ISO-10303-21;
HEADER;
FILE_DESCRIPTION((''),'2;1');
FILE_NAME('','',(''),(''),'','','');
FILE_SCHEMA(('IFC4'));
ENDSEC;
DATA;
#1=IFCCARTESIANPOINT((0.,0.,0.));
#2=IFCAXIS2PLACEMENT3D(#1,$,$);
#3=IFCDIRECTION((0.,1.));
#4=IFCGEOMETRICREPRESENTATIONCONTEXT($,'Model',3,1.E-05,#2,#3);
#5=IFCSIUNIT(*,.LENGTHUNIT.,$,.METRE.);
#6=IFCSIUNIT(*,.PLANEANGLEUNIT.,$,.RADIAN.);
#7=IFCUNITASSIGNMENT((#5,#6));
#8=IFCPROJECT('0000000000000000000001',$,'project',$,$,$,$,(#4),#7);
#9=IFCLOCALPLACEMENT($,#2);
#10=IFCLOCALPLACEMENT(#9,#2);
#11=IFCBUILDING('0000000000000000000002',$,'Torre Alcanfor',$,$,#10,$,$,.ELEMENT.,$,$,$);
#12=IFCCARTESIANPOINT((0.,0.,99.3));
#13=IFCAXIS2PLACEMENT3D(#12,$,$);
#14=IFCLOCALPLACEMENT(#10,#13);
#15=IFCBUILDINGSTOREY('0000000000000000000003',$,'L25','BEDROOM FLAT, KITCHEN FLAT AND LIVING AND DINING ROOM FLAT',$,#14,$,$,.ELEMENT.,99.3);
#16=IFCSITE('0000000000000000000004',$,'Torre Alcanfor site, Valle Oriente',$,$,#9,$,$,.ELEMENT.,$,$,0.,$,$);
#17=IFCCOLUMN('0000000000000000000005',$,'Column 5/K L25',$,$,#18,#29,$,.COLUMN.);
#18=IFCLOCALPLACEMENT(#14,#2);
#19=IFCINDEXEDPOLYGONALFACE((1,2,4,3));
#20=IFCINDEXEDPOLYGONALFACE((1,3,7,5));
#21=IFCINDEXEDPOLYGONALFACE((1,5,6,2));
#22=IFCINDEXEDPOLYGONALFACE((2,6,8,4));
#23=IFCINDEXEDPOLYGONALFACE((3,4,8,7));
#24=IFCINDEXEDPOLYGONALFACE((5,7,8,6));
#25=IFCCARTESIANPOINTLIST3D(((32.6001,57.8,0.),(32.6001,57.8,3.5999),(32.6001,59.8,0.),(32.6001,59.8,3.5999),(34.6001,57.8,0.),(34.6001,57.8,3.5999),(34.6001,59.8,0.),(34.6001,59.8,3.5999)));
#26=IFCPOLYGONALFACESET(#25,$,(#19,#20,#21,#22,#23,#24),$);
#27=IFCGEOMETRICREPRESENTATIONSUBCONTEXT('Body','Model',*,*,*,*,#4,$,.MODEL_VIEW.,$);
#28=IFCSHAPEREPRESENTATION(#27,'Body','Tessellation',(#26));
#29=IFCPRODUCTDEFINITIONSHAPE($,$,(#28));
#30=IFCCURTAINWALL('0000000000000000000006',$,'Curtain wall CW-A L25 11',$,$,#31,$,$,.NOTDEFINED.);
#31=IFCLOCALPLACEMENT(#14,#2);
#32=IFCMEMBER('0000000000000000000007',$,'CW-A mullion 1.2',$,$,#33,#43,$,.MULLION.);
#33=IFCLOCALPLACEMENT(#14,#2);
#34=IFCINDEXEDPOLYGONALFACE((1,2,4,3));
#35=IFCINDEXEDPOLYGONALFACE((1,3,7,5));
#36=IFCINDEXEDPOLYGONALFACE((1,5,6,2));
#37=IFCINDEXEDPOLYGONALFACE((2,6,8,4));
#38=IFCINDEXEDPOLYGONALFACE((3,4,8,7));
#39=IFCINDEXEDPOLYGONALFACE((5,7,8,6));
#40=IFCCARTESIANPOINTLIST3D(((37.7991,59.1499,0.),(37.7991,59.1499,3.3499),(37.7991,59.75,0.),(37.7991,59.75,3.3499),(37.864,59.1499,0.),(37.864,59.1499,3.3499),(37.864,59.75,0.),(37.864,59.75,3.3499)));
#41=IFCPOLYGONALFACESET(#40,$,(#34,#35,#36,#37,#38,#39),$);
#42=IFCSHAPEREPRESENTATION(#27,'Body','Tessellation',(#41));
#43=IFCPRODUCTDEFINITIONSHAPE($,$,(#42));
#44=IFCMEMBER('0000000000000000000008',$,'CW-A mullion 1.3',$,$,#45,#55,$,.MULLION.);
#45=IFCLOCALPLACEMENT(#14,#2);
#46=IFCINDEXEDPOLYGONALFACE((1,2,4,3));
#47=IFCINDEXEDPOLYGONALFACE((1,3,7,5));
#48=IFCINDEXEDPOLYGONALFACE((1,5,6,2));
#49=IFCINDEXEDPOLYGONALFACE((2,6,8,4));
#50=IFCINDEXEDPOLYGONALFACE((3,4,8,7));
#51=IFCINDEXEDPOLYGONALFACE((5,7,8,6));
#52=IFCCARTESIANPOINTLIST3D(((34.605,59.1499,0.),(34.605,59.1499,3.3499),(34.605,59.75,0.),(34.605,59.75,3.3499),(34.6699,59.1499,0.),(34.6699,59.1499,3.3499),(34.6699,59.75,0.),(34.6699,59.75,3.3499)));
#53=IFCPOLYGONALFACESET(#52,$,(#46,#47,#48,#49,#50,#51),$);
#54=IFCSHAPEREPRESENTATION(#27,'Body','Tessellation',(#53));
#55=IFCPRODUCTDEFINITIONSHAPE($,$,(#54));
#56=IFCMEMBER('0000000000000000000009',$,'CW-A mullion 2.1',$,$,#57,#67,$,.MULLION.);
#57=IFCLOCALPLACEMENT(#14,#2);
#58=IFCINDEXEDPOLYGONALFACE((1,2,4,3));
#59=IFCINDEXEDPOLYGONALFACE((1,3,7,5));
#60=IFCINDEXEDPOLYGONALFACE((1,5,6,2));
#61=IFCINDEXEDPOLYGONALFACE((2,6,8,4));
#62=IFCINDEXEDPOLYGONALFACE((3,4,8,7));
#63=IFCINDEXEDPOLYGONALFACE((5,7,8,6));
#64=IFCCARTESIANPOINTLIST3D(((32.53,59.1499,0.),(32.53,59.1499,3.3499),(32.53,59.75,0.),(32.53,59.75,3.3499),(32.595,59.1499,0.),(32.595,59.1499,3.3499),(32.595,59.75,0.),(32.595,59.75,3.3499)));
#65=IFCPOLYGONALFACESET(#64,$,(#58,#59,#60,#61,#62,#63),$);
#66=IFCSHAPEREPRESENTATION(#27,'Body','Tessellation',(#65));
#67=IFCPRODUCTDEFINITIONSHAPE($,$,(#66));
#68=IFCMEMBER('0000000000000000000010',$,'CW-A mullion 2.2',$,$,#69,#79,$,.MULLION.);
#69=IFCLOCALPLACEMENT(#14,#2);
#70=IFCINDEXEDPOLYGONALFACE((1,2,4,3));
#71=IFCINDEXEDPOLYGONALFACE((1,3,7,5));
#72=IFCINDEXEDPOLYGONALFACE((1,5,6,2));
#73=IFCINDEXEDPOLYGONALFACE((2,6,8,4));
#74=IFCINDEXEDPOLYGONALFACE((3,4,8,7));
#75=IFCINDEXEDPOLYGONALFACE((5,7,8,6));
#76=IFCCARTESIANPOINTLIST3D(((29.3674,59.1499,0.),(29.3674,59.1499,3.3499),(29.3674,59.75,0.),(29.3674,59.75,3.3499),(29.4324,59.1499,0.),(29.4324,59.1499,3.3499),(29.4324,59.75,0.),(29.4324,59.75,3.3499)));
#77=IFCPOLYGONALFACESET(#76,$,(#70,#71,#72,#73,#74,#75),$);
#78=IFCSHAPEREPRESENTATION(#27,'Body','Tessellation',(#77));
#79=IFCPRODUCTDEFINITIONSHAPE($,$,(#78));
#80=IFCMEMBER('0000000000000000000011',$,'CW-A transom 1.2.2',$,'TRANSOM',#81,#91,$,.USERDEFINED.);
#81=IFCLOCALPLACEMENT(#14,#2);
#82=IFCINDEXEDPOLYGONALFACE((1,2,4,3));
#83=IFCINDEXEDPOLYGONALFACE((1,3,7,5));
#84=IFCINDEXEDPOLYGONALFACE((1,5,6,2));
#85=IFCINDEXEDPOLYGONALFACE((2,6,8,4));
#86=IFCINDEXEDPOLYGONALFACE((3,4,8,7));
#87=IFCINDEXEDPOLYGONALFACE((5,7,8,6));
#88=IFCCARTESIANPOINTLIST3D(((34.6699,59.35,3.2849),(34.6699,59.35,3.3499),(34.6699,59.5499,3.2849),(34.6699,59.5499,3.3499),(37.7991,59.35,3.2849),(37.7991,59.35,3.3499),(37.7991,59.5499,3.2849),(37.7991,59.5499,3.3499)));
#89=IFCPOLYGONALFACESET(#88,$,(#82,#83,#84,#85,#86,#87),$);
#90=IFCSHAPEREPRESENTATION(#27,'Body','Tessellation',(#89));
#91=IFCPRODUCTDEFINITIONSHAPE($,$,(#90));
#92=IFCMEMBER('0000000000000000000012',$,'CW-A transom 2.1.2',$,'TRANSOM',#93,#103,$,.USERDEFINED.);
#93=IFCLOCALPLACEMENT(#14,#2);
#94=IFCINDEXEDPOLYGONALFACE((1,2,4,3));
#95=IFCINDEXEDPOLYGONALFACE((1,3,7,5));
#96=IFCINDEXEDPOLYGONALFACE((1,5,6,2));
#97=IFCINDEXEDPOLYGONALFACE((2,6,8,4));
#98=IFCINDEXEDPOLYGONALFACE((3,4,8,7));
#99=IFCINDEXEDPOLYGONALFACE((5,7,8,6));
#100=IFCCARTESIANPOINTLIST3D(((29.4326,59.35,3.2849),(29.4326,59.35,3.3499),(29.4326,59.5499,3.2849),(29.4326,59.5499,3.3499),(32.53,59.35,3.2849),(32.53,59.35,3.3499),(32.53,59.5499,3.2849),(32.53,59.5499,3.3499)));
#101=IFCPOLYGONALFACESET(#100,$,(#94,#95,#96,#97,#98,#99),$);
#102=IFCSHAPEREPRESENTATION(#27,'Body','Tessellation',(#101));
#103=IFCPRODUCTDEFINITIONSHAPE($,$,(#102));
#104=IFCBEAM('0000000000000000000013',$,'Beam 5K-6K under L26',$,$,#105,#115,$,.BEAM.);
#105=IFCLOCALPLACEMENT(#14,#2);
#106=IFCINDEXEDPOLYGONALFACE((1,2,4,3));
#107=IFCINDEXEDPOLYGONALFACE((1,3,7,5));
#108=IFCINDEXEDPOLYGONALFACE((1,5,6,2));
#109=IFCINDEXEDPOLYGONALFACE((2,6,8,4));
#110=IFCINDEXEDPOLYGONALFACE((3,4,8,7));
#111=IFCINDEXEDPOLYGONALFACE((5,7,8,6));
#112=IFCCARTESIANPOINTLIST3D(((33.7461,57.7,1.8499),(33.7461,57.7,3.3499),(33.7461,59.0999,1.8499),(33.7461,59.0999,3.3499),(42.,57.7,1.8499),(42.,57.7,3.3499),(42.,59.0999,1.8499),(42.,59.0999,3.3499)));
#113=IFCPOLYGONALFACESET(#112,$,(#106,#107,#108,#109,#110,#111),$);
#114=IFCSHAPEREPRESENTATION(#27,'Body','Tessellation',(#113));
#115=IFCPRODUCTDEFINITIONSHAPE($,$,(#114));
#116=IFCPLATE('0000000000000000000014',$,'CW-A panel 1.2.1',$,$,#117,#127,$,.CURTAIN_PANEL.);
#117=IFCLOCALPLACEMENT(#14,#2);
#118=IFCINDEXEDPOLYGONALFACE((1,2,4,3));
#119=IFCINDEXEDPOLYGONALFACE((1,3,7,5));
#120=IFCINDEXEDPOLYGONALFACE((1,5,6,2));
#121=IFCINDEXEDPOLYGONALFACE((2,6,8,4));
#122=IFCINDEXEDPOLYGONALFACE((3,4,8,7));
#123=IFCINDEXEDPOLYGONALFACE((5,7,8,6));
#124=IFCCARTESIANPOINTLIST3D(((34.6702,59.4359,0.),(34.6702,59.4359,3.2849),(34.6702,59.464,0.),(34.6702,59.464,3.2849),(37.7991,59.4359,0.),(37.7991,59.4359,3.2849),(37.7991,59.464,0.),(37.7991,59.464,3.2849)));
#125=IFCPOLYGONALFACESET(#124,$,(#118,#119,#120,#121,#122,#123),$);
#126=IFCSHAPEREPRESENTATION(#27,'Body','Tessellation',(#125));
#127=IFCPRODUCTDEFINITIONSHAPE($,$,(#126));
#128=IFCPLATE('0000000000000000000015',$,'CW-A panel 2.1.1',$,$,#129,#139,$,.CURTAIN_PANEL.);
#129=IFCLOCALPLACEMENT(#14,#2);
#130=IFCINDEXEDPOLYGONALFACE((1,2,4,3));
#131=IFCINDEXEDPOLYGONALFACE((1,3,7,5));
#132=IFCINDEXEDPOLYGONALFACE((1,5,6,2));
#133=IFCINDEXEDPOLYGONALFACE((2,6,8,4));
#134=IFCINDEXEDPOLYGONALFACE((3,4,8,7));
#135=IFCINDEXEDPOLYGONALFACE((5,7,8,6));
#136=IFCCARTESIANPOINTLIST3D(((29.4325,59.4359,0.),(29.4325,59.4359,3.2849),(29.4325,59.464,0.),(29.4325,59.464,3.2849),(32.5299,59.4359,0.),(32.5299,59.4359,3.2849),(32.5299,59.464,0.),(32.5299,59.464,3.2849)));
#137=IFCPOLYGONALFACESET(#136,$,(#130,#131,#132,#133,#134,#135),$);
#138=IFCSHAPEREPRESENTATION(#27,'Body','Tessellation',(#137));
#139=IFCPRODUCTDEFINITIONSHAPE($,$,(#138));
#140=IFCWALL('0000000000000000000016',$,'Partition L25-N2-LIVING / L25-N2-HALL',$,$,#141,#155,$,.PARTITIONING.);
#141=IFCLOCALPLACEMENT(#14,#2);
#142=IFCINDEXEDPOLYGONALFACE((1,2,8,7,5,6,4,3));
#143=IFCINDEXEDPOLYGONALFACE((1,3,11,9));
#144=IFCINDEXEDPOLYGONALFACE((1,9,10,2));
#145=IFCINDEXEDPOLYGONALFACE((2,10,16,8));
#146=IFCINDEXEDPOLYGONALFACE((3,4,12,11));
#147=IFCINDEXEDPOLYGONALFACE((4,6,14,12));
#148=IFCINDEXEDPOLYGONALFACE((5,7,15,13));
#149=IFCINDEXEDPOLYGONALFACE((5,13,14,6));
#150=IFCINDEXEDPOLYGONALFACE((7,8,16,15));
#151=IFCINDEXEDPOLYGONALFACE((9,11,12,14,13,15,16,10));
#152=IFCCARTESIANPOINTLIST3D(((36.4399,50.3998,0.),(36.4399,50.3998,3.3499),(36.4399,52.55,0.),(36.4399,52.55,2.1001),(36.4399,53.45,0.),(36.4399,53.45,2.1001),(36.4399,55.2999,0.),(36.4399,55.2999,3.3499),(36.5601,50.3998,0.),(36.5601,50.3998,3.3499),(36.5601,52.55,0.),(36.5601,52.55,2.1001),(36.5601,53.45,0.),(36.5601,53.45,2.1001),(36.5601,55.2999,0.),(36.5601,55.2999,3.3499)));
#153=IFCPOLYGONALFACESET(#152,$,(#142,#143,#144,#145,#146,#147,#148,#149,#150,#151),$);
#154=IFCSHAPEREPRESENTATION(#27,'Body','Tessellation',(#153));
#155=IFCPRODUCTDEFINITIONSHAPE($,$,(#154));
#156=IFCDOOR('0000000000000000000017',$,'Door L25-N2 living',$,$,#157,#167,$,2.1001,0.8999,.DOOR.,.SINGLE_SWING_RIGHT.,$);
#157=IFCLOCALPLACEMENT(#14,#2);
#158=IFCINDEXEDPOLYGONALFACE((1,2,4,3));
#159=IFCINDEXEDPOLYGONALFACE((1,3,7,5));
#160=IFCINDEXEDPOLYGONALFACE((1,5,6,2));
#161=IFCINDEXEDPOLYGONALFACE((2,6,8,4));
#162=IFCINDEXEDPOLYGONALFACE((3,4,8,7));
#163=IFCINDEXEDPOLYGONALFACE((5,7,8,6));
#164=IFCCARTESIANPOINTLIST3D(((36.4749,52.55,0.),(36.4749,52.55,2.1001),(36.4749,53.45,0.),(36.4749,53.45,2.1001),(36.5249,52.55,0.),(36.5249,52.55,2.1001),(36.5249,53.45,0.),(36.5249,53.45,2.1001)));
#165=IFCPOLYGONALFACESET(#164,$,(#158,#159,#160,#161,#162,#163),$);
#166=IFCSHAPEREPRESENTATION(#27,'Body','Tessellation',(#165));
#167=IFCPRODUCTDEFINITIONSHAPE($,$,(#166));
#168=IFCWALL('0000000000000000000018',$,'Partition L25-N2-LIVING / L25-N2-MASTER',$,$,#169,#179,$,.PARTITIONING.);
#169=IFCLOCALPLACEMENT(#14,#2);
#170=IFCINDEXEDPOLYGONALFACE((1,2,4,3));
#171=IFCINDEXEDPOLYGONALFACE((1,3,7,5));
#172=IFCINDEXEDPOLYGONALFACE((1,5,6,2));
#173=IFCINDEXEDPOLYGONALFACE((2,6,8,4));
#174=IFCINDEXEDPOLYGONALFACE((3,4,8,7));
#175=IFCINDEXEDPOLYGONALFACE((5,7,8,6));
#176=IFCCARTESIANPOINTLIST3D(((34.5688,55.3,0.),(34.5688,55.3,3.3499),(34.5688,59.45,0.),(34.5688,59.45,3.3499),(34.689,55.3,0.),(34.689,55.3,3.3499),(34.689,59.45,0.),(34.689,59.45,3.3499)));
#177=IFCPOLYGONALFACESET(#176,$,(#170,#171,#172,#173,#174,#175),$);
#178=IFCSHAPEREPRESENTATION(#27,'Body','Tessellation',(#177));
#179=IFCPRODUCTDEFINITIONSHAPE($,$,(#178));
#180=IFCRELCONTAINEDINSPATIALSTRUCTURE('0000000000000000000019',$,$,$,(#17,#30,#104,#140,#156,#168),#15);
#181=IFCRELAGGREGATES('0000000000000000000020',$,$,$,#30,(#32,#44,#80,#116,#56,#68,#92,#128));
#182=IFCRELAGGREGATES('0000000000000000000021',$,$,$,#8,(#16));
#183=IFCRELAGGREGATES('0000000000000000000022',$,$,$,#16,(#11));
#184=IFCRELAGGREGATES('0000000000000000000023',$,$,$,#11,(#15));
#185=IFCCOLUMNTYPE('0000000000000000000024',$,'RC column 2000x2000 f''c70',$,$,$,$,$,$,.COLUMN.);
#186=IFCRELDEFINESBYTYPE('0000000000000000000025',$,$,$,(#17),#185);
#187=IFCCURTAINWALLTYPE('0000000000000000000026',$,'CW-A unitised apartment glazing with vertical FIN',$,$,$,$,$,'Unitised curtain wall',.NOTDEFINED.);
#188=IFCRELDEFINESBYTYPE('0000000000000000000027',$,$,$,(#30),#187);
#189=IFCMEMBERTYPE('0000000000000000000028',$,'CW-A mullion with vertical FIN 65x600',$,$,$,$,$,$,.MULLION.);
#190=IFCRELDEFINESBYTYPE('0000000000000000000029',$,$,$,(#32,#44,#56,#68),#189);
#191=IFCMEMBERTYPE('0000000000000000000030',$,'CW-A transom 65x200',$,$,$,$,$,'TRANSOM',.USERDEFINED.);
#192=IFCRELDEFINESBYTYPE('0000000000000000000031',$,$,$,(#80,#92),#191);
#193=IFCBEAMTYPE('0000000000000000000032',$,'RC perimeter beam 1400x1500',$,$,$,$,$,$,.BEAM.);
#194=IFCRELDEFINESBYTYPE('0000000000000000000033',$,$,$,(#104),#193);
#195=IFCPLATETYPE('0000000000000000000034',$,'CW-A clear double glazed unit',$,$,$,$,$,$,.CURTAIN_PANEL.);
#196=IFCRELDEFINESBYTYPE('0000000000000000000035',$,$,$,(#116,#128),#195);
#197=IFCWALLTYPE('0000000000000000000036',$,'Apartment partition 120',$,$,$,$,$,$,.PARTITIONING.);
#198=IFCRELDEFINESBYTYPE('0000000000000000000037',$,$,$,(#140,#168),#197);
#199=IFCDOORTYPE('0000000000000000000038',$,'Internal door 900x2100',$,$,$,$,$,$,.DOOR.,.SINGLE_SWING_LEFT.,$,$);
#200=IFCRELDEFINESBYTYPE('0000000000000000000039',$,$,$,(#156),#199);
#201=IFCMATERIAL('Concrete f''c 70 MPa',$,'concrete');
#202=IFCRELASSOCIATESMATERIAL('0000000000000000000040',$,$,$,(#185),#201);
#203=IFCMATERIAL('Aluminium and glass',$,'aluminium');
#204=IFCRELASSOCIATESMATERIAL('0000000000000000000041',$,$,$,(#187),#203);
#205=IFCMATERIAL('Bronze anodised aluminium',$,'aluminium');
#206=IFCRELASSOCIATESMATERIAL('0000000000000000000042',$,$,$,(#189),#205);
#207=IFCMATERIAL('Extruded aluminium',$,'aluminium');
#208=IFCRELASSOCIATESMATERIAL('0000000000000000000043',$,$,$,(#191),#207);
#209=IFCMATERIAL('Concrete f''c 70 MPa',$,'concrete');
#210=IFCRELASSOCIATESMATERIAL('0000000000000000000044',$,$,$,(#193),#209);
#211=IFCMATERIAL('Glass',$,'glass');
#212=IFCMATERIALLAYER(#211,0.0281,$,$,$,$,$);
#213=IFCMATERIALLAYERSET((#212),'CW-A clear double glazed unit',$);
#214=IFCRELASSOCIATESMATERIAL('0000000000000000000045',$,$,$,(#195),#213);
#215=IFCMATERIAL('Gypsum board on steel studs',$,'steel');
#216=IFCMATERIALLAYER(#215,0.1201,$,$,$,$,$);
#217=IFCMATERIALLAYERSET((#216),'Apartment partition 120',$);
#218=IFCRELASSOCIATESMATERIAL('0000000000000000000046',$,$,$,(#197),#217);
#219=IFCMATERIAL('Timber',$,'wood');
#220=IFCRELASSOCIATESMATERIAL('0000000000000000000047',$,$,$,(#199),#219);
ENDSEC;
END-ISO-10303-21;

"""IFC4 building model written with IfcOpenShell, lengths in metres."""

from ifc_helpers import new_model, si_unit, direction, frame, frame_2d, origin, origin_2d, place, context, subcontext, project, spatial, rectangle, extrude, material, layer, layer_set, material_profile, profile_set, type_object, element, fill, aggregate, save


model = new_model("IFC4")

# Units and contexts
model_context = context("Model", 3, precision=1e-05, world=origin(), true_north=direction((0.0, 1.0)))
body_context = subcontext(model_context, "Body", "Model", "MODEL_VIEW")
ifc_project = project(units=[si_unit("LENGTHUNIT", "METRE"), si_unit("PLANEANGLEUNIT", "RADIAN")], contexts=[model_context])

# Site, building, storey
site_placement = place(None, origin())
site = spatial("IfcSite", under=ifc_project, at=site_placement, Name="Torre Alcanfor site, Valle Oriente", CompositionType="ELEMENT", RefElevation=0.0)
building_placement = place(site_placement, origin())
building = spatial("IfcBuilding", under=site, at=building_placement, Name="Torre Alcanfor", CompositionType="ELEMENT")
storey_placement = place(building_placement, frame((0.0, 0.0, 99.3)))
storey = spatial("IfcBuildingStorey", under=building, at=storey_placement, Name="L25", Description="BEDROOM FLAT, KITCHEN FLAT AND LIVING AND DINING ROOM FLAT", CompositionType="ELEMENT", Elevation=99.3)

# Column
ifc_material_1 = material(Name="Concrete f'c 70 MPa", Category="concrete")
ifc_material_profile_1 = material_profile(ifc_material_1, rectangle(XDim=2.0, YDim=2.0, at=origin_2d()), Name="2000x2000")
ifc_profile_set_1 = profile_set([ifc_material_profile_1], Name="Concrete f'c 70 MPa")
column_type = type_object("IfcColumnType", Name="RC column 2000x2000 f'c70", PredefinedType="COLUMN", material=ifc_profile_set_1)
column_placement = place(storey_placement, frame((33.6001, 58.8, 0.0), z_axis=(0.0, 0.0, 1.0), x_axis=(1.0, 0.0, 0.0)))
element("IfcColumn", 1, at=column_placement, inside=storey, type_object=column_type, Name="Column 5/K L25", PredefinedType="COLUMN", context=body_context, shape_type="SweptSolid", body=[
    extrude(rectangle(XDim=2.0, YDim=2.0, at=origin_2d()), origin(), (0.0, 0.0, 1.0), 3.5999),
])

# Curtain wall, members
ifc_material_2 = material(Name="Aluminium and glass", Category="aluminium")
curtain_wall_type = type_object("IfcCurtainWallType", Name="CW-A unitised apartment glazing with vertical FIN", ElementType="Unitised curtain wall", PredefinedType="NOTDEFINED", material=ifc_material_2)
curtain_wall_placement = place(storey_placement, origin())
curtain_wall = element("IfcCurtainWall", 2, at=curtain_wall_placement, inside=storey, type_object=curtain_wall_type, Name="Curtain wall CW-A L25 11", PredefinedType="NOTDEFINED")
ifc_material_3 = material(Name="Bronze anodised aluminium", Category="aluminium")
ifc_material_profile_2 = material_profile(ifc_material_3, rectangle(XDim=0.6001, YDim=0.0649, at=origin_2d()), Name="CW-A mullion 65x600")
ifc_profile_set_2 = profile_set([ifc_material_profile_2], Name="Bronze anodised aluminium")
member_type_1 = type_object("IfcMemberType", Name="CW-A mullion with vertical FIN 65x600", PredefinedType="MULLION", material=ifc_profile_set_2)
member_1_placement = place(storey_placement, frame((37.8315, 59.45, 0.0), z_axis=(0.0, 0.0, 1.0), x_axis=(0.0, -1.0, 0.0)))
member_1 = element("IfcMember", 3, at=member_1_placement, type_object=member_type_1, Name="CW-A mullion 1.2", PredefinedType="MULLION", context=body_context, shape_type="SweptSolid", body=[
    extrude(rectangle(XDim=0.6001, YDim=0.0649, at=origin_2d()), origin(), (0.0, 0.0, 1.0), 3.3499),
])
member_2_placement = place(storey_placement, frame((34.6375, 59.45, 0.0), z_axis=(0.0, 0.0, 1.0), x_axis=(0.0, -1.0, 0.0)))
member_2 = element("IfcMember", 4, at=member_2_placement, type_object=member_type_1, Name="CW-A mullion 1.3", PredefinedType="MULLION", context=body_context, shape_type="SweptSolid", body=[
    extrude(rectangle(XDim=0.6001, YDim=0.0649, at=origin_2d()), origin(), (0.0, 0.0, 1.0), 3.3499),
])
member_3_placement = place(storey_placement, frame((32.5625, 59.45, 0.0), z_axis=(0.0, 0.0, 1.0), x_axis=(0.0, -1.0, 0.0)))
member_3 = element("IfcMember", 5, at=member_3_placement, type_object=member_type_1, Name="CW-A mullion 2.1", PredefinedType="MULLION", context=body_context, shape_type="SweptSolid", body=[
    extrude(rectangle(XDim=0.6001, YDim=0.0649, at=origin_2d()), origin(), (0.0, 0.0, 1.0), 3.3499),
])
member_4_placement = place(storey_placement, frame((29.3999, 59.45, 0.0), z_axis=(0.0, 0.0, 1.0), x_axis=(0.0, -1.0, 0.0)))
member_4 = element("IfcMember", 6, at=member_4_placement, type_object=member_type_1, Name="CW-A mullion 2.2", PredefinedType="MULLION", context=body_context, shape_type="SweptSolid", body=[
    extrude(rectangle(XDim=0.6001, YDim=0.0649, at=origin_2d()), origin(), (0.0, 0.0, 1.0), 3.3499),
])
ifc_material_4 = material(Name="Extruded aluminium", Category="aluminium")
ifc_material_profile_3 = material_profile(ifc_material_4, rectangle(XDim=0.2, YDim=0.0649, at=origin_2d()), Name="CW-A transom 200x65")
ifc_profile_set_3 = profile_set([ifc_material_profile_3], Name="Extruded aluminium")
member_type_2 = type_object("IfcMemberType", Name="CW-A transom 65x200", ElementType="TRANSOM", PredefinedType="USERDEFINED", material=ifc_profile_set_3)
member_5_placement = place(storey_placement, frame((37.7991, 59.45, 3.3174), z_axis=(-1.0, 0.0, 0.0), x_axis=(0.0, -1.0, 0.0)))
member_5 = element("IfcMember", 7, at=member_5_placement, type_object=member_type_2, Name="CW-A transom 1.2.2", ObjectType="TRANSOM", PredefinedType="USERDEFINED", context=body_context, shape_type="SweptSolid", body=[
    extrude(rectangle(XDim=0.2, YDim=0.0649, at=origin_2d()), origin(), (0.0, 0.0, 1.0), 3.1292),
])
member_6_placement = place(storey_placement, frame((32.53, 59.45, 3.3174), z_axis=(-1.0, 0.0, 0.0), x_axis=(0.0, -1.0, 0.0)))
member_6 = element("IfcMember", 8, at=member_6_placement, type_object=member_type_2, Name="CW-A transom 2.1.2", ObjectType="TRANSOM", PredefinedType="USERDEFINED", context=body_context, shape_type="SweptSolid", body=[
    extrude(rectangle(XDim=0.2, YDim=0.0649, at=origin_2d()), origin(), (0.0, 0.0, 1.0), 3.0974),
])

# Beam
ifc_material_5 = material(Name="Concrete f'c 70 MPa", Category="concrete")
ifc_material_profile_4 = material_profile(ifc_material_5, rectangle(XDim=1.3999, YDim=1.5, at=origin_2d()), Name="1400x1500")
ifc_profile_set_4 = profile_set([ifc_material_profile_4], Name="Concrete f'c 70 MPa")
beam_type = type_object("IfcBeamType", Name="RC perimeter beam 1400x1500", PredefinedType="BEAM", material=ifc_profile_set_4)
beam_placement = place(storey_placement, frame((33.7461, 58.3999, 2.5999), z_axis=(1.0, 0.0, 0.0), x_axis=(0.0, 1.0, 0.0)))
element("IfcBeam", 9, at=beam_placement, inside=storey, type_object=beam_type, Name="Beam 5K-6K under L26", PredefinedType="BEAM", context=body_context, shape_type="SweptSolid", body=[
    extrude(rectangle(XDim=1.3999, YDim=1.5, at=origin_2d()), origin(), (0.0, 0.0, 1.0), 8.2539),
])

# Plates
ifc_material_6 = material(Name="Glass", Category="glass")
ifc_layer_1 = layer(ifc_material_6, 0.0281)
ifc_layer_set_1 = layer_set([ifc_layer_1], Name="CW-A clear double glazed unit")
plate_type = type_object("IfcPlateType", Name="CW-A clear double glazed unit", PredefinedType="CURTAIN_PANEL", material=ifc_layer_set_1)
plate_1_placement = place(storey_placement, frame((36.2346, 59.45, 0.0), z_axis=(0.0, 0.0, 1.0), x_axis=(-1.0, 0.0, 0.0)))
plate_1 = element("IfcPlate", 10, at=plate_1_placement, type_object=plate_type, Name="CW-A panel 1.2.1", PredefinedType="CURTAIN_PANEL", context=body_context, shape_type="SweptSolid", body=[
    extrude(rectangle(XDim=3.1289, YDim=0.0281, at=origin_2d()), origin(), (0.0, 0.0, 1.0), 3.2849),
])
plate_2_placement = place(storey_placement, frame((30.9812, 59.45, 0.0), z_axis=(0.0, 0.0, 1.0), x_axis=(-1.0, 0.0, 0.0)))
plate_2 = element("IfcPlate", 11, at=plate_2_placement, type_object=plate_type, Name="CW-A panel 2.1.1", PredefinedType="CURTAIN_PANEL", context=body_context, shape_type="SweptSolid", body=[
    extrude(rectangle(XDim=3.0974, YDim=0.0281, at=origin_2d()), origin(), (0.0, 0.0, 1.0), 3.2849),
])
aggregate(curtain_wall, [member_1, member_2, member_5, plate_1, member_3, member_4, member_6, plate_2])

# Wall, opening, door
ifc_material_7 = material(Name="Gypsum board on steel studs", Category="steel")
ifc_layer_2 = layer(ifc_material_7, 0.1201)
ifc_layer_set_2 = layer_set([ifc_layer_2], Name="Apartment partition 120")
wall_type_1 = type_object("IfcWallType", Name="Apartment partition 120", PredefinedType="PARTITIONING", material=ifc_layer_set_2)
wall_1_placement = place(storey_placement, frame((36.5, 55.3, 0.0), z_axis=(0.0, 0.0, 1.0), x_axis=(0.0, -1.0, 0.0)))
wall_1 = element("IfcWall", 12, at=wall_1_placement, inside=storey, type_object=wall_type_1, Name="Partition L25-N2-LIVING / L25-N2-HALL", PredefinedType="PARTITIONING", context=body_context, shape_type="SweptSolid", body=[
    extrude(rectangle(XDim=4.9001, YDim=0.1201, at=frame_2d((2.4502, 0.0))), origin(), (0.0, 0.0, 1.0), 3.3499),
])
opening_1_placement = place(wall_1_placement, frame((1.8501, 0.0, 0.0)))
opening_1 = element("IfcOpeningElement", 13, at=opening_1_placement, cuts=wall_1, PredefinedType="OPENING", context=body_context, shape_type="SweptSolid", body=[
    extrude(rectangle(XDim=0.8999, YDim=2.1001, at=frame_2d((0.45, 1.05))), frame((0.0, 0.0701, 0.0), z_axis=(0.0, -1.0, 0.0), x_axis=(1.0, 0.0, 0.0)), (0.0, 0.0, 1.0), 0.1401),
])
ifc_material_8 = material(Name="Timber", Category="wood")
door_type_1 = type_object("IfcDoorType", Name="Internal door 900x2100", OperationType="SINGLE_SWING_LEFT", PredefinedType="DOOR", material=ifc_material_8)
door_1_placement = place(opening_1_placement, frame((0.8999, 0.0, 0.0), z_axis=(0.0, 0.0, 1.0), x_axis=(-1.0, 0.0, 0.0)))
door_1 = element("IfcDoor", 14, at=door_1_placement, inside=storey, type_object=door_type_1, Name="Door L25-N2 living", OperationType="SINGLE_SWING_RIGHT", OverallHeight=2.1001, OverallWidth=0.8999, PredefinedType="DOOR", context=body_context, shape_type="SweptSolid", body=[
    extrude(rectangle(XDim=0.8999, YDim=2.1001, at=frame_2d((0.45, 1.05))), frame((0.0, 0.0251, 0.0), z_axis=(0.0, -1.0, 0.0), x_axis=(1.0, 0.0, 0.0)), (0.0, 0.0, 1.0), 0.05),
])
fill(opening_1, door_1)

# Wall
wall_2_placement = place(storey_placement, frame((34.6289, 59.45, 0.0), z_axis=(0.0, 0.0, 1.0), x_axis=(0.0, -1.0, 0.0)))
element("IfcWall", 15, at=wall_2_placement, inside=storey, type_object=wall_type_1, Name="Partition L25-N2-LIVING / L25-N2-MASTER", PredefinedType="PARTITIONING", context=body_context, shape_type="SweptSolid", body=[
    extrude(rectangle(XDim=4.1499, YDim=0.1201, at=frame_2d((2.075, 0.0))), origin(), (0.0, 0.0, 1.0), 3.3499),
])

save(model, "model.ifc")
